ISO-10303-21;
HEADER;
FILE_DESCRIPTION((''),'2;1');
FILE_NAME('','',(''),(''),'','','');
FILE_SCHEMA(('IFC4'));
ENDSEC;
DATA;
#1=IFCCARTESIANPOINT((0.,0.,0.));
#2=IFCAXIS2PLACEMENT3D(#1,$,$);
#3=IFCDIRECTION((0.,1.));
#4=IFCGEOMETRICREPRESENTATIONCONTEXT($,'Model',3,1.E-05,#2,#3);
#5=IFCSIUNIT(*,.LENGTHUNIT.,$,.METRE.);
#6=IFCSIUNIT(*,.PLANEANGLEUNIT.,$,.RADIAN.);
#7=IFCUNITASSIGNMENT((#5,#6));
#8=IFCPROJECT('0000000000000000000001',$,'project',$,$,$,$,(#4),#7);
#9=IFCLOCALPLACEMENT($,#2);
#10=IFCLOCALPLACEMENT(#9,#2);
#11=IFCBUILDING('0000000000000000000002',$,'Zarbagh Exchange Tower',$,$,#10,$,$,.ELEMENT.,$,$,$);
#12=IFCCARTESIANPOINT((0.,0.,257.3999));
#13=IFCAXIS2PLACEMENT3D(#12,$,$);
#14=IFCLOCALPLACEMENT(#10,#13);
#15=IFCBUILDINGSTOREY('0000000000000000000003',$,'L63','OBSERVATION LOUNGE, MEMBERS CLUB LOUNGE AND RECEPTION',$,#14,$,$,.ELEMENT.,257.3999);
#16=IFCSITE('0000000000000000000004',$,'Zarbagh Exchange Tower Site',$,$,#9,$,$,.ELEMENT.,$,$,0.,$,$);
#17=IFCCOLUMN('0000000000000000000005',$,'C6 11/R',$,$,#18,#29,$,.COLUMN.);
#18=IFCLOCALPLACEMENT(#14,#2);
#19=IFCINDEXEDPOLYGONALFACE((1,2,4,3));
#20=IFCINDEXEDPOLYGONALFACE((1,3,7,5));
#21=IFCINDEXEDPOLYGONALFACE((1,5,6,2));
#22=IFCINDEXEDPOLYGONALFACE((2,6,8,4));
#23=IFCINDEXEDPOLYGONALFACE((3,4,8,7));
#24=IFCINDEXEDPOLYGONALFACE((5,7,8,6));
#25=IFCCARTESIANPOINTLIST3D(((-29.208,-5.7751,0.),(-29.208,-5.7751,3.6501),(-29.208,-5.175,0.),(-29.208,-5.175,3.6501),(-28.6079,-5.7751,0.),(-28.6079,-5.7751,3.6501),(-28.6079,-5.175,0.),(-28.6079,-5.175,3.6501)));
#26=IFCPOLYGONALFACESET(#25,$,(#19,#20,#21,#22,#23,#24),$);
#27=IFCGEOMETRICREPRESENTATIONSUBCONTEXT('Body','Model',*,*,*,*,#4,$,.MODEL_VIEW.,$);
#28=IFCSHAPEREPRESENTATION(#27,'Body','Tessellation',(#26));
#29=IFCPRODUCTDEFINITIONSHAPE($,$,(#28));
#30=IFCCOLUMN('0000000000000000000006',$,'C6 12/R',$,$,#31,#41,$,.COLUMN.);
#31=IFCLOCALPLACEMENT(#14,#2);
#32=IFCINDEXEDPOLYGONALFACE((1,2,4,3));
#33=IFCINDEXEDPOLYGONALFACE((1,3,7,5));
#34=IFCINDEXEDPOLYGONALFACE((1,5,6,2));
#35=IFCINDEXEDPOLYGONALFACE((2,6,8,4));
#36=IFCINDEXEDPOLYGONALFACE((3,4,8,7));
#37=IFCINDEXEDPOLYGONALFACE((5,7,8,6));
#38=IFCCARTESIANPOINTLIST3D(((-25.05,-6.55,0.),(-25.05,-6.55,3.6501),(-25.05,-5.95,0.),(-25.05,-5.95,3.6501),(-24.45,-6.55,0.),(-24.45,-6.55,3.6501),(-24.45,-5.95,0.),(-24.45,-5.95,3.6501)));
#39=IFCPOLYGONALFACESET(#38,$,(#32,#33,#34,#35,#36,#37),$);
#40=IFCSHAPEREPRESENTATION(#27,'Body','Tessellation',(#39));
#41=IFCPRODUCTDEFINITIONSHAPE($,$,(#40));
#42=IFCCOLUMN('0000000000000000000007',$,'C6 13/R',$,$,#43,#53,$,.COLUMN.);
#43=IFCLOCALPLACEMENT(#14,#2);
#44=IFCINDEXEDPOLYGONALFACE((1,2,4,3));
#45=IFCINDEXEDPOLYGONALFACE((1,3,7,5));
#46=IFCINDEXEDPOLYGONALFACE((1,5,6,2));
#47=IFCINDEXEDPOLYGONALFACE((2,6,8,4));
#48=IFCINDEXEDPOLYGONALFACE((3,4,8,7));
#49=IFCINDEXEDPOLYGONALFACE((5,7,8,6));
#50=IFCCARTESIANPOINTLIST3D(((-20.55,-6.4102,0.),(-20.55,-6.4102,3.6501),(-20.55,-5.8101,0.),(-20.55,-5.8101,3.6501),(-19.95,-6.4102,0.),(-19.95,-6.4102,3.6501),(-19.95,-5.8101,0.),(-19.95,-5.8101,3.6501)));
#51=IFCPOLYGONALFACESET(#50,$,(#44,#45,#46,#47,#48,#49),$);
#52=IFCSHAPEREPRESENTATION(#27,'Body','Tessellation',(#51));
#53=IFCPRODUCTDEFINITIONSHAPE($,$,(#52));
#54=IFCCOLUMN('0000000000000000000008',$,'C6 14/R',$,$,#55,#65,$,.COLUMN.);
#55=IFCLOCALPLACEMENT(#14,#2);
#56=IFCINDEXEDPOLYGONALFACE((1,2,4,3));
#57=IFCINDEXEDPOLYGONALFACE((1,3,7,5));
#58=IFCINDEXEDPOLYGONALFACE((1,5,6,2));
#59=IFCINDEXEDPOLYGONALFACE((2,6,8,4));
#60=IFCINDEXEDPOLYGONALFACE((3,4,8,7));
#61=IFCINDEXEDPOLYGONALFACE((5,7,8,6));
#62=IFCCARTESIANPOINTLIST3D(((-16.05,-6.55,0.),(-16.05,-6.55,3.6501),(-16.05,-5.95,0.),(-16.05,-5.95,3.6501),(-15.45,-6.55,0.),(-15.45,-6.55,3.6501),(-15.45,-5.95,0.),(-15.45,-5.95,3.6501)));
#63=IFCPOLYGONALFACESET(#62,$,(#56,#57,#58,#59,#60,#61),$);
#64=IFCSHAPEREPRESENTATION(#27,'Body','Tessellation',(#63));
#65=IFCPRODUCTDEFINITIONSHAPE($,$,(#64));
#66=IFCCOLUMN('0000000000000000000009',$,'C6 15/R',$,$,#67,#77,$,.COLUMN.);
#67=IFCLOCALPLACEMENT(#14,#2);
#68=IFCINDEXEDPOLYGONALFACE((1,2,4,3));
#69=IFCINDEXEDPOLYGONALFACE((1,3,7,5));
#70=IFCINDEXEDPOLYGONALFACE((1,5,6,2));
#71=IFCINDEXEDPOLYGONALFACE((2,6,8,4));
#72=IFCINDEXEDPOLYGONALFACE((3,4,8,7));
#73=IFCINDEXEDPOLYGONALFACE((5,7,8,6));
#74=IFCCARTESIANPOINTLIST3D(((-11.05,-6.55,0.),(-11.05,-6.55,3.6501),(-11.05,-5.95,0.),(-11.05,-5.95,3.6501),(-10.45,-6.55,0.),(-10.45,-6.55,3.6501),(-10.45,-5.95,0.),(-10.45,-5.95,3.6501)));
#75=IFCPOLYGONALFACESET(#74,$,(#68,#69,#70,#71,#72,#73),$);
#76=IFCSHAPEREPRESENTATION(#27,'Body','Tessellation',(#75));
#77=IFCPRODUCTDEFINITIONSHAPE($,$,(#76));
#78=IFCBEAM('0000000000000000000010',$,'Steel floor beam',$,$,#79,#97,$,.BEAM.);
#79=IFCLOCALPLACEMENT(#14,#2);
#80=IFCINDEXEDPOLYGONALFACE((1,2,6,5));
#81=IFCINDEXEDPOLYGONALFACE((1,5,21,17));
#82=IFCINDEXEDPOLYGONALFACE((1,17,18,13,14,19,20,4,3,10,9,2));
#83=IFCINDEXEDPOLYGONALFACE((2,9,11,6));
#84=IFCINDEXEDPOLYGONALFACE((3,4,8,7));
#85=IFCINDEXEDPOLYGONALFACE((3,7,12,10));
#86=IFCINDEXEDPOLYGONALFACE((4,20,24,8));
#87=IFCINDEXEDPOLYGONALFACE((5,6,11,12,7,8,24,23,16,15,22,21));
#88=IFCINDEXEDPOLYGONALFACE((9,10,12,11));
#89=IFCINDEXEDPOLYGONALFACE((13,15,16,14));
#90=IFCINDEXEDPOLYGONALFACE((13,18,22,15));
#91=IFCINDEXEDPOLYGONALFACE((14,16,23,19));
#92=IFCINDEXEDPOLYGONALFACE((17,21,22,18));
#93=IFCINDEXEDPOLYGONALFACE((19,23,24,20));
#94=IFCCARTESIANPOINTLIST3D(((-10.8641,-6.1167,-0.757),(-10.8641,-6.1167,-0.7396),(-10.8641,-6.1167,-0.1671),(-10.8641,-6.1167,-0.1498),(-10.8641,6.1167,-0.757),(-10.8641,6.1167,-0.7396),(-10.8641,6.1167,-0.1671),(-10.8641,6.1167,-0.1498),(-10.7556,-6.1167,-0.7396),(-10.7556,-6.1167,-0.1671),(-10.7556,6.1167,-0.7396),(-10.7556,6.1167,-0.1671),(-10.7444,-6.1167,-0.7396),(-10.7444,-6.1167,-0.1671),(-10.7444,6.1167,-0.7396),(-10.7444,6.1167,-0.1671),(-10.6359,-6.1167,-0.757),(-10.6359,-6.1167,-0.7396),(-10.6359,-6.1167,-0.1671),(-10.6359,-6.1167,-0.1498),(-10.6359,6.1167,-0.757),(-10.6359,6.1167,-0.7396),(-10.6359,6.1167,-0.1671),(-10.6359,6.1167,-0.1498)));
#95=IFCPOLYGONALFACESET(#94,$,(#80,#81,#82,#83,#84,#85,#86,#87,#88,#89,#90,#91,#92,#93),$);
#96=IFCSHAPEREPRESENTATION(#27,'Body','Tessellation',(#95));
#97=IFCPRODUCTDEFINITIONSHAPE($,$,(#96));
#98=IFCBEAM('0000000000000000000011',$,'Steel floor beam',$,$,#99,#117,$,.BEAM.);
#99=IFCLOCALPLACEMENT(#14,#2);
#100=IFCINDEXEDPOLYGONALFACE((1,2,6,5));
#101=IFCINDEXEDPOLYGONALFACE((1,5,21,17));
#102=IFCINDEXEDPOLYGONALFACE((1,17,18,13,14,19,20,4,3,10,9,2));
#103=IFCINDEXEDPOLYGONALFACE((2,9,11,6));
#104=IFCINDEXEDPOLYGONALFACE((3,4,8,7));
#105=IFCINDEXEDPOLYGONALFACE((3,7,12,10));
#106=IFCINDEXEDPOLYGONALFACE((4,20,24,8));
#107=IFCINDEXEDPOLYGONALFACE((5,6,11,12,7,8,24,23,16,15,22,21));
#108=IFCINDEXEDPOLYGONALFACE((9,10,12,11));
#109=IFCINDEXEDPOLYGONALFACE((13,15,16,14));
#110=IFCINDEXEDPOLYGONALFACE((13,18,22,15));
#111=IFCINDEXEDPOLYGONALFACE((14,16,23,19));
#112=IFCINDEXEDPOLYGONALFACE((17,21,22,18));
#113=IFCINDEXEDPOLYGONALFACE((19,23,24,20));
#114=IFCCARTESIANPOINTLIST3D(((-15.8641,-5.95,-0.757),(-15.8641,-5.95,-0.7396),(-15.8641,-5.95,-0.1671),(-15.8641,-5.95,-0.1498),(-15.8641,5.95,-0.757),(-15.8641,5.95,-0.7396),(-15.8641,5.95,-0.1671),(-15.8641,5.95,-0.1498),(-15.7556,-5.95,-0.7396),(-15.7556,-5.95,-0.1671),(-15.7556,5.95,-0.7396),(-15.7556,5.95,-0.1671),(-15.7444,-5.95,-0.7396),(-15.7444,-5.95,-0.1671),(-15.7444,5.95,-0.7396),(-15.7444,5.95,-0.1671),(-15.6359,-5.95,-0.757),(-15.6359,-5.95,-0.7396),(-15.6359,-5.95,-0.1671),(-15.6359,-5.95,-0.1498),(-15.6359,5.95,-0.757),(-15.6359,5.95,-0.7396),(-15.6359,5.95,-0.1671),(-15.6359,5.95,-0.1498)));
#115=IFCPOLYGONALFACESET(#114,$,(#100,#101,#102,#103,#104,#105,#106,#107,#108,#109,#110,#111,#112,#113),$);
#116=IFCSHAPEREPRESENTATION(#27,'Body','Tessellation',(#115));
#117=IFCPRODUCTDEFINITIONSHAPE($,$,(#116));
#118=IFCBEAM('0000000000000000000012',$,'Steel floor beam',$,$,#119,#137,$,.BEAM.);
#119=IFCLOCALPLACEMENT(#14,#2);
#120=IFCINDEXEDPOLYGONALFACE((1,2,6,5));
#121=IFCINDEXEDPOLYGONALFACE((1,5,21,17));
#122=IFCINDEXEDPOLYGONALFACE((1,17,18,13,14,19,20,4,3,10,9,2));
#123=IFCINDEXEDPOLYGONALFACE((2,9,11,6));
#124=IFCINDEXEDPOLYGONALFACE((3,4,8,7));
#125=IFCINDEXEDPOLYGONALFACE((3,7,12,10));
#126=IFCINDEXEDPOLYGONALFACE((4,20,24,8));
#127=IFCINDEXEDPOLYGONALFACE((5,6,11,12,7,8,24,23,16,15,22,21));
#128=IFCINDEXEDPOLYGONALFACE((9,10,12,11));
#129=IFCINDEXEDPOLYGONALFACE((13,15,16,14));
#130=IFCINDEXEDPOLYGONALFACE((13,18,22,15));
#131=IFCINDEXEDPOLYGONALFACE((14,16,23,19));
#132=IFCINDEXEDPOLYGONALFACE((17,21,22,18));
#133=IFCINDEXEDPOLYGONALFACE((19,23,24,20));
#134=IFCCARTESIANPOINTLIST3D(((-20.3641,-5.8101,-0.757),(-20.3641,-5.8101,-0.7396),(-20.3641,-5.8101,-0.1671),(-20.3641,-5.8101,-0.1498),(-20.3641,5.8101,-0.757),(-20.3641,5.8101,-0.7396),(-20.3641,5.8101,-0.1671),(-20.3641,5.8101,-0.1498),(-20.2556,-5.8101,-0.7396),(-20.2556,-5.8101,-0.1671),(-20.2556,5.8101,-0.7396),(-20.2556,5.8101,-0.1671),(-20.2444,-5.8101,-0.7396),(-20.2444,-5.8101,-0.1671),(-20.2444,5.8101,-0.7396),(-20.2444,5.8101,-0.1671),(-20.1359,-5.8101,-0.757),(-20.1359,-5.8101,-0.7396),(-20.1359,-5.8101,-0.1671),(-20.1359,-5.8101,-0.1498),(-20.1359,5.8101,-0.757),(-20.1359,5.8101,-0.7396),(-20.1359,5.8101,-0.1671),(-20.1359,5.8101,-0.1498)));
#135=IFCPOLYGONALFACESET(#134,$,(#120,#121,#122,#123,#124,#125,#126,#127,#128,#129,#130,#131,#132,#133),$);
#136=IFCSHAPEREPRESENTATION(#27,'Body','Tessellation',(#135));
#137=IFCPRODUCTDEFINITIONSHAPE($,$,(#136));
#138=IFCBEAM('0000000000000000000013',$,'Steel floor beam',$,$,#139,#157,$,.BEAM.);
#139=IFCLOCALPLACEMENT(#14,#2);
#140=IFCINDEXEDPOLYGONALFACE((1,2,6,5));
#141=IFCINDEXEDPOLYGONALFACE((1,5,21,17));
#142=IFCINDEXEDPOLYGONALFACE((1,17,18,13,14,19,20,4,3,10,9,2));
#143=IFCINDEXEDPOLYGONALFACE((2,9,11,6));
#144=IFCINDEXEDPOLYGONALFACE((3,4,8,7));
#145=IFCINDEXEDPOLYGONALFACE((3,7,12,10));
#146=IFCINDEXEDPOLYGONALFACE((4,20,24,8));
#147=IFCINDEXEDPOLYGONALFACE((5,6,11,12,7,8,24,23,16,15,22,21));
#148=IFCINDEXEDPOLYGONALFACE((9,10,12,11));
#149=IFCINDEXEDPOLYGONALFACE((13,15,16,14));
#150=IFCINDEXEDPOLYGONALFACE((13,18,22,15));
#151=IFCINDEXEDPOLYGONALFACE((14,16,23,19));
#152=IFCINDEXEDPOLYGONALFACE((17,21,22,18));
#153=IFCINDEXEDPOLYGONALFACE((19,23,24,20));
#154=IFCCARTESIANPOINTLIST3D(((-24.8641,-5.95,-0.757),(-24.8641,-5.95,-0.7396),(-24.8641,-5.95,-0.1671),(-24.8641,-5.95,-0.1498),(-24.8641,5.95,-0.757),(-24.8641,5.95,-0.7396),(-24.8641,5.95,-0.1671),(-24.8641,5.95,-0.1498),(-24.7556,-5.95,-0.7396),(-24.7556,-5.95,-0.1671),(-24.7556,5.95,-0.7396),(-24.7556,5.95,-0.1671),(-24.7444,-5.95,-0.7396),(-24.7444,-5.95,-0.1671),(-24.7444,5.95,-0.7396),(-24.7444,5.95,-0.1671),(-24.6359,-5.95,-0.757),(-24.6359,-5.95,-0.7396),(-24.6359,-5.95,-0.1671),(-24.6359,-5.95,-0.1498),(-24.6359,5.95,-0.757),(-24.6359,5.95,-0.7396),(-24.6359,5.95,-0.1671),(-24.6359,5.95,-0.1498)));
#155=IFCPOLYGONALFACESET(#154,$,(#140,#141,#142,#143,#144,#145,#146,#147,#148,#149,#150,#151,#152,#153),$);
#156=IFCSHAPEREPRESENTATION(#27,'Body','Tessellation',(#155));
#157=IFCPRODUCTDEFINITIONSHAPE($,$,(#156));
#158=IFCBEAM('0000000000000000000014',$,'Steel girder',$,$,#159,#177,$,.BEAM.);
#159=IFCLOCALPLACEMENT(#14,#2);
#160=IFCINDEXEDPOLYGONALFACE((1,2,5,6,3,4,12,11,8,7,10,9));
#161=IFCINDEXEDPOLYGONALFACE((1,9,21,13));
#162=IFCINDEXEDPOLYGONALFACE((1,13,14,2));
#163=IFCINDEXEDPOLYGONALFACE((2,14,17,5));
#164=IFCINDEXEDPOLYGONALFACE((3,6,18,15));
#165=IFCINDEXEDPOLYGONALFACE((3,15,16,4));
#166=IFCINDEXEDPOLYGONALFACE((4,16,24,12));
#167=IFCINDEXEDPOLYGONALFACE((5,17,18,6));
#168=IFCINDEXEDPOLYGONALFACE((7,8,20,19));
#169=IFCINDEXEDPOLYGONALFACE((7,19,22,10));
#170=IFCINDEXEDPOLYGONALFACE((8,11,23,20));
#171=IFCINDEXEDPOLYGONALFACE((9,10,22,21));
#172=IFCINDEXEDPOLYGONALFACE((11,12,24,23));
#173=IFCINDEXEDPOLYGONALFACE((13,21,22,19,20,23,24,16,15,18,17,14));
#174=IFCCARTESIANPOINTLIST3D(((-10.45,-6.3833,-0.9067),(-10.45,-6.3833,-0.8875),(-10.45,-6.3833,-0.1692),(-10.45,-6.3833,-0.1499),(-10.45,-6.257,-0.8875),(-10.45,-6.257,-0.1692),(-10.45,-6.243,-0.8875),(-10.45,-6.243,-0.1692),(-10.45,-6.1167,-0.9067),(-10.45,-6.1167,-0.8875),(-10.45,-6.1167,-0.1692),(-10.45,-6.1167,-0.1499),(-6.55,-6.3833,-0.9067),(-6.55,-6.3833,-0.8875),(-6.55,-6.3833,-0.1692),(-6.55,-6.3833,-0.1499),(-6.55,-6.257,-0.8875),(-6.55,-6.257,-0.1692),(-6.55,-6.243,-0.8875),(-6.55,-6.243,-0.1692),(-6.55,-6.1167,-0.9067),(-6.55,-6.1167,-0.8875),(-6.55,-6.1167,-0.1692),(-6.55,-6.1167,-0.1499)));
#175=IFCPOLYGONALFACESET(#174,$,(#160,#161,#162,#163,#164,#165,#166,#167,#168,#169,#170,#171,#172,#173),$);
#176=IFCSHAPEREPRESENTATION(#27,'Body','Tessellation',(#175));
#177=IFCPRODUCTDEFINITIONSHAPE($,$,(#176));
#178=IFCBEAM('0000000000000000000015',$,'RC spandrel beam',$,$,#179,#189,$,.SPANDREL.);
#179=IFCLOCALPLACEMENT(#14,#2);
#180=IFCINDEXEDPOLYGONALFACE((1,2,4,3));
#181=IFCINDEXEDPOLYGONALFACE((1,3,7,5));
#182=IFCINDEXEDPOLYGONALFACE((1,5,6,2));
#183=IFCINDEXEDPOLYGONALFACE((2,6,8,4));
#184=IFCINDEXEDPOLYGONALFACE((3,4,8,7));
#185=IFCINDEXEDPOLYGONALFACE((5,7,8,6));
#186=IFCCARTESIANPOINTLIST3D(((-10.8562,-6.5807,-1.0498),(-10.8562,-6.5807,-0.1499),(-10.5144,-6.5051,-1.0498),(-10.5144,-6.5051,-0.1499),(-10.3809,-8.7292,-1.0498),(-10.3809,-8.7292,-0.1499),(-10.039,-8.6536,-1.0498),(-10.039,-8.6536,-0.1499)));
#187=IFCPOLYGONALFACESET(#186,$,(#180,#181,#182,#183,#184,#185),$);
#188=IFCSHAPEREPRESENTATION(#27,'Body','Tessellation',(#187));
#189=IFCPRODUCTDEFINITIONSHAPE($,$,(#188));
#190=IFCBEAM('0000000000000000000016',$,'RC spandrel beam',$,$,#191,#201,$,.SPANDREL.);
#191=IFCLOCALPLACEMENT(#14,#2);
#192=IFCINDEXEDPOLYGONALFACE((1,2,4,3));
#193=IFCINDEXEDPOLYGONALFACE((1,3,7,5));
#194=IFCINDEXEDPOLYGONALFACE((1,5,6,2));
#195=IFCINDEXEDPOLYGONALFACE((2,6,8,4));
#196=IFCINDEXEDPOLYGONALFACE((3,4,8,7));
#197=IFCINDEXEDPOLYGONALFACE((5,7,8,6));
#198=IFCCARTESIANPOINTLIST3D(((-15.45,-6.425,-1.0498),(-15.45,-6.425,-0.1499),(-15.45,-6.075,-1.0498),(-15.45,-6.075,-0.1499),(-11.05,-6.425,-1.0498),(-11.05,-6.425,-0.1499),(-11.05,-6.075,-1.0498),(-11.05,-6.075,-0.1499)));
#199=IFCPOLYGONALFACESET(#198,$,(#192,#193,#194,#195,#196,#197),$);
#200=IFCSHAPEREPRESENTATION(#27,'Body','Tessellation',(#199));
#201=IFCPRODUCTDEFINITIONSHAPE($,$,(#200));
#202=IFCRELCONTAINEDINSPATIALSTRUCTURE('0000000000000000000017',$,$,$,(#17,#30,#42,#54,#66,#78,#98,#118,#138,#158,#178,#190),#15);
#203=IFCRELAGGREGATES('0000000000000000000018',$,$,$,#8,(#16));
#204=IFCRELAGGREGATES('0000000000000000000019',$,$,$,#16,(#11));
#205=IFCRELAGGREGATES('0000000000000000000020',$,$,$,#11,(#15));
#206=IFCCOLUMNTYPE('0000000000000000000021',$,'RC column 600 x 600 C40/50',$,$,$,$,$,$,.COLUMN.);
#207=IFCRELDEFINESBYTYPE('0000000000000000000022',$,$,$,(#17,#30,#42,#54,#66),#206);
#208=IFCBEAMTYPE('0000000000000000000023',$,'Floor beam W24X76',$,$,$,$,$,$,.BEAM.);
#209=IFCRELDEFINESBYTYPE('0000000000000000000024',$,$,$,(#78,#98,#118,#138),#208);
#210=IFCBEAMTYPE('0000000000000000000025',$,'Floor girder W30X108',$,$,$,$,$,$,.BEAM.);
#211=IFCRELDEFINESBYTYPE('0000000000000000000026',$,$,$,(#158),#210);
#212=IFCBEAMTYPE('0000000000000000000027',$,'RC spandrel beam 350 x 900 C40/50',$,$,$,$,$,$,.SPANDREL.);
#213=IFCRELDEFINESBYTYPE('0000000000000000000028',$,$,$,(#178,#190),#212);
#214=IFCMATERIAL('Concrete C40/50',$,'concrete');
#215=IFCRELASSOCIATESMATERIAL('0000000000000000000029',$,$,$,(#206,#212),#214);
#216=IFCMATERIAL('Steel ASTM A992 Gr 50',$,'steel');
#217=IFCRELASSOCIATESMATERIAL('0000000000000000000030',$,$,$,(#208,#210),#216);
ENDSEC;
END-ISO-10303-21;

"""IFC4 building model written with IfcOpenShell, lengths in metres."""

from ifc_helpers import new_model, si_unit, direction, frame, origin, origin_2d, place, context, subcontext, project, spatial, rectangle, i_section, extrude, material, material_profile, profile_set, type_object, element, save


model = new_model("IFC4")

# Units and contexts
model_context = context("Model", 3, precision=1e-05, world=origin(), true_north=direction((0.0, 1.0)))
body_context = subcontext(model_context, "Body", "Model", "MODEL_VIEW")
ifc_project = project(units=[si_unit("LENGTHUNIT", "METRE"), si_unit("PLANEANGLEUNIT", "RADIAN")], contexts=[model_context])

# Site, building, storey
site_placement = place(None, origin())
site = spatial("IfcSite", under=ifc_project, at=site_placement, Name="Zarbagh Exchange Tower Site", CompositionType="ELEMENT", RefElevation=0.0)
building_placement = place(site_placement, origin())
building = spatial("IfcBuilding", under=site, at=building_placement, Name="Zarbagh Exchange Tower", CompositionType="ELEMENT")
storey_placement = place(building_placement, frame((0.0, 0.0, 257.3999)))
storey = spatial("IfcBuildingStorey", under=building, at=storey_placement, Name="L63", Description="OBSERVATION LOUNGE, MEMBERS CLUB LOUNGE AND RECEPTION", CompositionType="ELEMENT", Elevation=257.3999)

# Columns
ifc_material_1 = material(Name="Concrete C40/50", Category="concrete")
ifc_material_profile_1 = material_profile(ifc_material_1, rectangle(XDim=0.6001, YDim=0.6001, at=origin_2d()), Name="RC column 600 x 600 C40/50")
ifc_profile_set_1 = profile_set([ifc_material_profile_1], Name="Concrete C40/50")
column_type = type_object("IfcColumnType", Name="RC column 600 x 600 C40/50", PredefinedType="COLUMN", material=ifc_profile_set_1)
for number, where, z_axis, x_axis, name in (
    (1, (-28.908, -5.4751, 0.0), (0.0, 0.0, 1.0), (1.0, 0.0, 0.0), "C6 11/R"),
    (2, (-24.75, -6.25, 0.0), (0.0, 0.0, 1.0), (1.0, 0.0, 0.0), "C6 12/R"),
    (3, (-20.25, -6.1101, 0.0), (0.0, 0.0, 1.0), (1.0, 0.0, 0.0), "C6 13/R"),
    (4, (-15.75, -6.25, 0.0), (0.0, 0.0, 1.0), (1.0, 0.0, 0.0), "C6 14/R"),
    (5, (-10.75, -6.25, 0.0), (0.0, 0.0, 1.0), (1.0, 0.0, 0.0), "C6 15/R"),
):
    element("IfcColumn", number, at=place(storey_placement, frame(where, z_axis=z_axis, x_axis=x_axis)), inside=storey, type_object=column_type, Name=name, PredefinedType="COLUMN", context=body_context, shape_type="SweptSolid", body=[
        extrude(rectangle(XDim=0.6001, YDim=0.6001, at=origin_2d()), origin(), (0.0, 0.0, 1.0), 3.6501),
    ])

# Beams
ifc_material_2 = material(Name="Steel ASTM A992 Gr 50", Category="steel")
ifc_material_profile_2 = material_profile(ifc_material_2, i_section(OverallWidth=0.2283, OverallDepth=0.6072, WebThickness=0.0112, FlangeThickness=0.0173, at=origin_2d()), Name="W24X76")
ifc_profile_set_2 = profile_set([ifc_material_profile_2], Name="Steel ASTM A992 Gr 50")
beam_type_1 = type_object("IfcBeamType", Name="Floor beam W24X76", PredefinedType="BEAM", material=ifc_profile_set_2)
beam_1_placement = place(storey_placement, frame((-10.75, -6.1167, -0.4534), z_axis=(0.0, 1.0, 0.0), x_axis=(-1.0, 0.0, 0.0)))
element("IfcBeam", 6, at=beam_1_placement, inside=storey, type_object=beam_type_1, Name="Steel floor beam", PredefinedType="BEAM", context=body_context, shape_type="SweptSolid", body=[
    extrude(i_section(OverallWidth=0.2283, OverallDepth=0.6072, WebThickness=0.0112, FlangeThickness=0.0173, at=origin_2d()), origin(), (0.0, 0.0, 1.0), 12.2334),
])
beam_2_placement = place(storey_placement, frame((-15.75, -5.95, -0.4534), z_axis=(0.0, 1.0, 0.0), x_axis=(-1.0, 0.0, 0.0)))
element("IfcBeam", 7, at=beam_2_placement, inside=storey, type_object=beam_type_1, Name="Steel floor beam", PredefinedType="BEAM", context=body_context, shape_type="SweptSolid", body=[
    extrude(i_section(OverallWidth=0.2283, OverallDepth=0.6072, WebThickness=0.0112, FlangeThickness=0.0173, at=origin_2d()), origin(), (0.0, 0.0, 1.0), 11.8999),
])
beam_3_placement = place(storey_placement, frame((-20.25, -5.8101, -0.4534), z_axis=(0.0, 1.0, 0.0), x_axis=(-1.0, 0.0, 0.0)))
element("IfcBeam", 8, at=beam_3_placement, inside=storey, type_object=beam_type_1, Name="Steel floor beam", PredefinedType="BEAM", context=body_context, shape_type="SweptSolid", body=[
    extrude(i_section(OverallWidth=0.2283, OverallDepth=0.6072, WebThickness=0.0112, FlangeThickness=0.0173, at=origin_2d()), origin(), (0.0, 0.0, 1.0), 11.6201),
])
beam_4_placement = place(storey_placement, frame((-24.75, -5.95, -0.4534), z_axis=(0.0, 1.0, 0.0), x_axis=(-1.0, 0.0, 0.0)))
element("IfcBeam", 9, at=beam_4_placement, inside=storey, type_object=beam_type_1, Name="Steel floor beam", PredefinedType="BEAM", context=body_context, shape_type="SweptSolid", body=[
    extrude(i_section(OverallWidth=0.2283, OverallDepth=0.6072, WebThickness=0.0112, FlangeThickness=0.0173, at=origin_2d()), origin(), (0.0, 0.0, 1.0), 11.8999),
])
ifc_material_profile_3 = material_profile(ifc_material_2, i_section(OverallWidth=0.2666, OverallDepth=0.7568, WebThickness=0.0139, FlangeThickness=0.0193, at=origin_2d()), Name="W30X108")
ifc_profile_set_3 = profile_set([ifc_material_profile_3], Name="Steel ASTM A992 Gr 50")
beam_type_2 = type_object("IfcBeamType", Name="Floor girder W30X108", PredefinedType="BEAM", material=ifc_profile_set_3)
beam_5_placement = place(storey_placement, frame((-10.45, -6.25, -0.5283), z_axis=(1.0, 0.0, 0.0), x_axis=(0.0, 1.0, 0.0)))
element("IfcBeam", 10, at=beam_5_placement, inside=storey, type_object=beam_type_2, Name="Steel girder", PredefinedType="BEAM", context=body_context, shape_type="SweptSolid", body=[
    extrude(i_section(OverallWidth=0.2666, OverallDepth=0.7568, WebThickness=0.0139, FlangeThickness=0.0193, at=origin_2d()), origin(), (0.0, 0.0, 1.0), 3.8999),
])
ifc_material_profile_4 = material_profile(ifc_material_1, rectangle(XDim=0.3501, YDim=0.8999, at=origin_2d()), Name="RC spandrel beam 350 x 900 C40/50")
ifc_profile_set_4 = profile_set([ifc_material_profile_4], Name="Concrete C40/50")
beam_type_3 = type_object("IfcBeamType", Name="RC spandrel beam 350 x 900 C40/50", PredefinedType="SPANDREL", material=ifc_profile_set_4)
beam_6_placement = place(storey_placement, frame((-10.21, -8.6914, -0.5999), z_axis=(-0.216026, 0.976388, 0.0), x_axis=(-0.976388, -0.216026, 0.0)))
element("IfcBeam", 11, at=beam_6_placement, inside=storey, type_object=beam_type_3, Name="RC spandrel beam", PredefinedType="SPANDREL", context=body_context, shape_type="SweptSolid", body=[
    extrude(rectangle(XDim=0.3501, YDim=0.8999, at=origin_2d()), origin(), (0.0, 0.0, 1.0), 2.2004),
])
beam_7_placement = place(storey_placement, frame((-11.05, -6.25, -0.5999), z_axis=(-1.0, 0.0, 0.0), x_axis=(0.0, -1.0, 0.0)))
element("IfcBeam", 12, at=beam_7_placement, inside=storey, type_object=beam_type_3, Name="RC spandrel beam", PredefinedType="SPANDREL", context=body_context, shape_type="SweptSolid", body=[
    extrude(rectangle(XDim=0.3501, YDim=0.8999, at=origin_2d()), origin(), (0.0, 0.0, 1.0), 4.3999),
])

save(model, "model.ifc")
